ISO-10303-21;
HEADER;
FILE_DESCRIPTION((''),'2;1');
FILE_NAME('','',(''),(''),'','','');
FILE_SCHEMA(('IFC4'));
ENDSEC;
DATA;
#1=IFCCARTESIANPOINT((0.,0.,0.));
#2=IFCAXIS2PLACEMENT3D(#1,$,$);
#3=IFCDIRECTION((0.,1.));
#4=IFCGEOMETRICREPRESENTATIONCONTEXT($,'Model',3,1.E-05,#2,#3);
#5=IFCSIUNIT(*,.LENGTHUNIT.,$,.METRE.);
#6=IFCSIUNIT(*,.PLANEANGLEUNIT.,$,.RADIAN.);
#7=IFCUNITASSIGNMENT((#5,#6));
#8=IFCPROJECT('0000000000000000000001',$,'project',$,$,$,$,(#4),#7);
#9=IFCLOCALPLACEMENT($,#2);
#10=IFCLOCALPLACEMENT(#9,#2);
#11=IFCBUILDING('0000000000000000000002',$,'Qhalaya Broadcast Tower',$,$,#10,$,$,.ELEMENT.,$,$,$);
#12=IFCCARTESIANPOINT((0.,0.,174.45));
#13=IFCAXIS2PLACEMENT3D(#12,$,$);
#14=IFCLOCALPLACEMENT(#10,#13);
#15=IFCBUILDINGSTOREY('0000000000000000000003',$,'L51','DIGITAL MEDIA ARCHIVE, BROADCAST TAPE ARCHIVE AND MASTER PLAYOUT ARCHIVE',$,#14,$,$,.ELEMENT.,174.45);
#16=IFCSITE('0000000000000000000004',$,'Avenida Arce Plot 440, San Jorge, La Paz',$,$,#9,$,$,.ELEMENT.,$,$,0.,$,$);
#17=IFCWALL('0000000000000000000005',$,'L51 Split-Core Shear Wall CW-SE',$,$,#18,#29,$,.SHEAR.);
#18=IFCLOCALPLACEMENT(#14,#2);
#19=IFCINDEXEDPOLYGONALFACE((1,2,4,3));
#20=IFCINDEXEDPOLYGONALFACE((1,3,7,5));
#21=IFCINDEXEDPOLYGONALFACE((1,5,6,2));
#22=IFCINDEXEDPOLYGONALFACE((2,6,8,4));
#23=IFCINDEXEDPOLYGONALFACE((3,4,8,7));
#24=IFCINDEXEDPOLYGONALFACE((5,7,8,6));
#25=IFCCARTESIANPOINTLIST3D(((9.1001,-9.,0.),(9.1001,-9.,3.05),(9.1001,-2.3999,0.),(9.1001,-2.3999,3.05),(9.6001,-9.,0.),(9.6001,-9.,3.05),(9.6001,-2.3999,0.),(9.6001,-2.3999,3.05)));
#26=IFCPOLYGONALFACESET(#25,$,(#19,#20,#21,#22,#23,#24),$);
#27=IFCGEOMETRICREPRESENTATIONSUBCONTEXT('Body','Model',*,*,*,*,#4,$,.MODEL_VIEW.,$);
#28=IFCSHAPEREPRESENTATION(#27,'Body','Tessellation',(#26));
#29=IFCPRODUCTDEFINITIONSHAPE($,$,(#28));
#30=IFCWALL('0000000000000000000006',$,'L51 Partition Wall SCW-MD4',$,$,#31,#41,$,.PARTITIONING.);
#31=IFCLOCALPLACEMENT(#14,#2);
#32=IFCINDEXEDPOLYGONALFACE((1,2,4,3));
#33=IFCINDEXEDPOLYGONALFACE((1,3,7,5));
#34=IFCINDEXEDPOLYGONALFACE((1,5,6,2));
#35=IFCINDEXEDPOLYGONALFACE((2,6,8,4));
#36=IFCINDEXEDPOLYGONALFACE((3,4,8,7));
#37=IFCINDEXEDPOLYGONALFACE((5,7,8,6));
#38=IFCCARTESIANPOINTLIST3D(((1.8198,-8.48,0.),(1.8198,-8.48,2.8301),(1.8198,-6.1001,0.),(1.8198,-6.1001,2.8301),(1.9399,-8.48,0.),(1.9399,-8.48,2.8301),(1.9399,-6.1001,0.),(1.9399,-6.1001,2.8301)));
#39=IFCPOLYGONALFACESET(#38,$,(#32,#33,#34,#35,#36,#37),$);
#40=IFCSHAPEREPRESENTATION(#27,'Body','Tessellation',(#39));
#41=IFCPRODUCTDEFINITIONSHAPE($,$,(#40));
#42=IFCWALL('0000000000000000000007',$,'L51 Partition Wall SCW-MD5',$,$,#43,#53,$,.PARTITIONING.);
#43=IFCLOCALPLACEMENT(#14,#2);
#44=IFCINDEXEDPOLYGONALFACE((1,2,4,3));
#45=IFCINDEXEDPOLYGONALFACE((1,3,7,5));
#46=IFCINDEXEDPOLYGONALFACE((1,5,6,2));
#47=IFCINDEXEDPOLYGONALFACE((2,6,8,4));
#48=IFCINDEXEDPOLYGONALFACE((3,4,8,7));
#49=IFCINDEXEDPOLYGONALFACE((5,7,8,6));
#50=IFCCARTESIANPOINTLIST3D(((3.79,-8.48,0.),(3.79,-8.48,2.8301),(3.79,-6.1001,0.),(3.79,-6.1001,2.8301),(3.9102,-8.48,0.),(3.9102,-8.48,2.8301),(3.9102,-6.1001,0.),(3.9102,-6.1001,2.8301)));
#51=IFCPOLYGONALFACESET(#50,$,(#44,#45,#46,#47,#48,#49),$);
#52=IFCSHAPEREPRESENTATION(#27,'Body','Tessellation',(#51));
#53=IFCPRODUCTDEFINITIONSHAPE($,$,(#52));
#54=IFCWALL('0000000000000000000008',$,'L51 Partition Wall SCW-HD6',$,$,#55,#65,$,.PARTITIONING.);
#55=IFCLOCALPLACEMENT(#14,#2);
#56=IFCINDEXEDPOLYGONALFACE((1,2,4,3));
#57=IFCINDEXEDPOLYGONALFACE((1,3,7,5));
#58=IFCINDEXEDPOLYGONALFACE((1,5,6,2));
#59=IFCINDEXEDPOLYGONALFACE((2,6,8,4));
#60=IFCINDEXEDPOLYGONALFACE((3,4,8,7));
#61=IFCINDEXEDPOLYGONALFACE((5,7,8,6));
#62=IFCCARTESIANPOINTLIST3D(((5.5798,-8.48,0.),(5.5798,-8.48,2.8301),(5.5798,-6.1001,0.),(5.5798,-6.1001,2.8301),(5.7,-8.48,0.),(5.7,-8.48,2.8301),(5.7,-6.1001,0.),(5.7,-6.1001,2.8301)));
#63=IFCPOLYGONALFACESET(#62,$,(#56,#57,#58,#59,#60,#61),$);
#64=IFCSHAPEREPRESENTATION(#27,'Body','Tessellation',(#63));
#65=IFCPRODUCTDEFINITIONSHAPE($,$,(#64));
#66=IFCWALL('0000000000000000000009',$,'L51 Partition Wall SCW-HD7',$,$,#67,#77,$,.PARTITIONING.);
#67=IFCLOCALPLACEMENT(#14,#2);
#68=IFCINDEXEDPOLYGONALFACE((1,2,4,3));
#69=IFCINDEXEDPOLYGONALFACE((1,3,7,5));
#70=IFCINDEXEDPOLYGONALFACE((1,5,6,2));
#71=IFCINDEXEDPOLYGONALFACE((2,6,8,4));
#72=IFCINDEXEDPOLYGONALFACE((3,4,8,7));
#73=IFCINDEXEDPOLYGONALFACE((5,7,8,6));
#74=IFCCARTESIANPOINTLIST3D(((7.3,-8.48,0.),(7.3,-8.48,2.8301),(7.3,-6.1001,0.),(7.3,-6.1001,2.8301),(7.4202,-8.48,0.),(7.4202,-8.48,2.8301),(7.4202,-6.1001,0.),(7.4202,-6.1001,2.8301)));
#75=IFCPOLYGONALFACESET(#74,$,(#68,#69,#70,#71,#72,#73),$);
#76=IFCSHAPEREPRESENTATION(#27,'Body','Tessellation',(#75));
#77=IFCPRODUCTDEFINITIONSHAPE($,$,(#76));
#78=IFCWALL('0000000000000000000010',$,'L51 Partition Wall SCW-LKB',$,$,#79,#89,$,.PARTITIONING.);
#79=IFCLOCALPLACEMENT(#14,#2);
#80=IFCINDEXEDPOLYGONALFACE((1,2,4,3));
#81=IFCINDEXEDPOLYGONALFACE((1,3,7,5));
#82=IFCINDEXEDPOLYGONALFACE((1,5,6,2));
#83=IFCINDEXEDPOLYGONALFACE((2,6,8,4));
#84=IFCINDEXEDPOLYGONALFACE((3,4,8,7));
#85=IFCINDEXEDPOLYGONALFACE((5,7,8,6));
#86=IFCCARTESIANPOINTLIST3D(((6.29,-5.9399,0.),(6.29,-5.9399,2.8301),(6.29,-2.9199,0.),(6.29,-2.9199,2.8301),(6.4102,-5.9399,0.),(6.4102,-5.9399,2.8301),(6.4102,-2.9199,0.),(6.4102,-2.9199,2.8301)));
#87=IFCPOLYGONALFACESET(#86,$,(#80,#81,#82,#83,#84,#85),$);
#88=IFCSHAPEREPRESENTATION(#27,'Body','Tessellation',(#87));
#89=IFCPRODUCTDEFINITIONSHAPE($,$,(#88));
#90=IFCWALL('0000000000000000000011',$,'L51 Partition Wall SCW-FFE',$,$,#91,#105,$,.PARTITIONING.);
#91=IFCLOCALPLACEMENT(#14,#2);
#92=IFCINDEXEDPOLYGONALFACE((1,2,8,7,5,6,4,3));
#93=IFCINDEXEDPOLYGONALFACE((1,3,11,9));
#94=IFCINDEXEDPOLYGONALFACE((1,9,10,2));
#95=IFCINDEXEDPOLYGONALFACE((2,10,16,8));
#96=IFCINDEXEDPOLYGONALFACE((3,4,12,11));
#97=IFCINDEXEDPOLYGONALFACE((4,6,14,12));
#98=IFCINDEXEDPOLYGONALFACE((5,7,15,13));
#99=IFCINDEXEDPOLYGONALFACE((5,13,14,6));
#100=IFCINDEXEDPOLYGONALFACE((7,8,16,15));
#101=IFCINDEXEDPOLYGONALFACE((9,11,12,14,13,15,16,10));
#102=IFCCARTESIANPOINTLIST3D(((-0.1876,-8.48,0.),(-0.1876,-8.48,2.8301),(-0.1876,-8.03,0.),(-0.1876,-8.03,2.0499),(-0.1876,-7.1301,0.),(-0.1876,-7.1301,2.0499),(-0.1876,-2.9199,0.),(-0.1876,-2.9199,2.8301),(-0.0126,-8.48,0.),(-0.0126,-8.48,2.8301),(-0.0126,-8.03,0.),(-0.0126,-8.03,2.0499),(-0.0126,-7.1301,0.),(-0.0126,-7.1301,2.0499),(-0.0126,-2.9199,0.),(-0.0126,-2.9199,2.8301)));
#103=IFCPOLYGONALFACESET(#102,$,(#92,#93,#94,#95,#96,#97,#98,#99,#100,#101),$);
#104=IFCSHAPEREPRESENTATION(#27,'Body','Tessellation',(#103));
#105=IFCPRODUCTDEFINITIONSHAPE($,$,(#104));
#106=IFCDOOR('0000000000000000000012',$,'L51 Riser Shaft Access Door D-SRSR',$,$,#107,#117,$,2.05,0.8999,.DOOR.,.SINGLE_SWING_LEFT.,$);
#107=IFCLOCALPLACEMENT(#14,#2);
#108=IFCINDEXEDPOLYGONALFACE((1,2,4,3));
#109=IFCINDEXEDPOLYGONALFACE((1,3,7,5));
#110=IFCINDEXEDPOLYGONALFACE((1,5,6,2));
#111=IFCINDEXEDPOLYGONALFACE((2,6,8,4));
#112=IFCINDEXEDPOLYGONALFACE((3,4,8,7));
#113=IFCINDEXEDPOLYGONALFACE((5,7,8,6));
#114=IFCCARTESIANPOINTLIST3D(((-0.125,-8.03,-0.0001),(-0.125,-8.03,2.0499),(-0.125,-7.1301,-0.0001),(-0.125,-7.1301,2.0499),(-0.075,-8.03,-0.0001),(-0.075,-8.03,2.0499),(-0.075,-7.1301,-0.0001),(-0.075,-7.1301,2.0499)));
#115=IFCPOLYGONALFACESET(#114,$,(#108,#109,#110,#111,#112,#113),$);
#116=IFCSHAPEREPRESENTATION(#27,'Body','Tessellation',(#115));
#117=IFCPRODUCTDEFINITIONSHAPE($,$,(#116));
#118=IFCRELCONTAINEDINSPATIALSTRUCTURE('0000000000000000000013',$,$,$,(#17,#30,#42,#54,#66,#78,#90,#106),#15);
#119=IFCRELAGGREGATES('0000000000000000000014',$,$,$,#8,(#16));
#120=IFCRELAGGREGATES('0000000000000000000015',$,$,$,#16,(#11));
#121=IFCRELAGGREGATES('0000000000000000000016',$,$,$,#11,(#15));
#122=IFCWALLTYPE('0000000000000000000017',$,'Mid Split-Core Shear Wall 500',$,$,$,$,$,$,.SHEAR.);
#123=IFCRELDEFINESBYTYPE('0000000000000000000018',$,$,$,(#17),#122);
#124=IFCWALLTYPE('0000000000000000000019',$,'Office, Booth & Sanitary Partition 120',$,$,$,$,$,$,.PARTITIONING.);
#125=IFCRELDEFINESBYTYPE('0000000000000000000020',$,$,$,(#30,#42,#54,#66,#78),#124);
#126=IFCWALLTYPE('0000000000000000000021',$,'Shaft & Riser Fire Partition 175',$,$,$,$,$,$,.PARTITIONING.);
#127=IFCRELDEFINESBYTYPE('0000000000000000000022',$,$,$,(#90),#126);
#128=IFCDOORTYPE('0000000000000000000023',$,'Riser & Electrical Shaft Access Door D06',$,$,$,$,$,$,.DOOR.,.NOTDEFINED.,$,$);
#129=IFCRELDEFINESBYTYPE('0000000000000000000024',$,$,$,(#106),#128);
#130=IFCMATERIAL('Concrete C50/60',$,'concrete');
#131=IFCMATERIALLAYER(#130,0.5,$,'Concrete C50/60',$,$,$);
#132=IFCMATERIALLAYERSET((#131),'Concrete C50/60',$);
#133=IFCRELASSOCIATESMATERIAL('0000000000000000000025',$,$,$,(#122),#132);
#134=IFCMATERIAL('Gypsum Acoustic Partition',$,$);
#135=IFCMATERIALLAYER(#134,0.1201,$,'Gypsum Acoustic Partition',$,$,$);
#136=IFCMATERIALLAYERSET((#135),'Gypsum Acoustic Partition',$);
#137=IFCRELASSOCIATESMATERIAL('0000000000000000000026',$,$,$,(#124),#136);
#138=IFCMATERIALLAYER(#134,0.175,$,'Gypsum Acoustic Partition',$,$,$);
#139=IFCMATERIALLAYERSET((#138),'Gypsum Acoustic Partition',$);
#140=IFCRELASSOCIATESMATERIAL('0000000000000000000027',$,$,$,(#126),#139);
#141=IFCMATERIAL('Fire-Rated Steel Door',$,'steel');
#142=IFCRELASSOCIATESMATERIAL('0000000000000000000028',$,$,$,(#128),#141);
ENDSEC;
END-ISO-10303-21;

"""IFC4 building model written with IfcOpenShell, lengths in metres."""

from ifc_helpers import new_model, si_unit, direction, frame, frame_2d, origin, place, context, subcontext, project, spatial, rectangle, extrude, material, layer, layer_set, type_object, element, fill, save


model = new_model("IFC4")

# Units and contexts
model_context = context("Model", 3, precision=1e-05, world=origin(), true_north=direction((0.0, 1.0)))
body_context = subcontext(model_context, "Body", "Model", "MODEL_VIEW")
ifc_project = project(units=[si_unit("LENGTHUNIT", "METRE"), si_unit("PLANEANGLEUNIT", "RADIAN")], contexts=[model_context])

# Site, building, storey
site_placement = place(None, origin())
site = spatial("IfcSite", under=ifc_project, at=site_placement, Name="Avenida Arce Plot 440, San Jorge, La Paz", CompositionType="ELEMENT", RefElevation=0.0)
building_placement = place(site_placement, origin())
building = spatial("IfcBuilding", under=site, at=building_placement, Name="Qhalaya Broadcast Tower", CompositionType="ELEMENT")
storey_placement = place(building_placement, frame((0.0, 0.0, 174.45)))
storey = spatial("IfcBuildingStorey", under=building, at=storey_placement, Name="L51", Description="DIGITAL MEDIA ARCHIVE, BROADCAST TAPE ARCHIVE AND MASTER PLAYOUT ARCHIVE", CompositionType="ELEMENT", Elevation=174.45)

# Shared definitions
ifc_material_1 = material(Name="Concrete C50/60", Category="concrete")

# Shared definitions
ifc_material_2 = material(Name="Gypsum Acoustic Partition")

# Walls
ifc_layer_1 = layer(ifc_material_1, 0.5, Name="Concrete C50/60")
ifc_layer_set_1 = layer_set([ifc_layer_1], Name="Concrete C50/60")
wall_type_1 = type_object("IfcWallType", Name="Mid Split-Core Shear Wall 500", PredefinedType="SHEAR", material=ifc_layer_set_1)
wall_1_placement = place(storey_placement, frame((9.3501, -9.0, 0.0), z_axis=(0.0, 0.0, 1.0), x_axis=(0.0, 1.0, 0.0)))
element("IfcWall", 1, at=wall_1_placement, inside=storey, type_object=wall_type_1, Name="L51 Split-Core Shear Wall CW-SE", PredefinedType="SHEAR", context=body_context, shape_type="SweptSolid", body=[
    extrude(rectangle(XDim=6.6001, YDim=0.5, at=frame_2d((3.3, 0.0))), origin(), (0.0, 0.0, 1.0), 3.05),
])
ifc_layer_2 = layer(ifc_material_2, 0.1201, Name="Gypsum Acoustic Partition")
ifc_layer_set_2 = layer_set([ifc_layer_2], Name="Gypsum Acoustic Partition")
wall_type_2 = type_object("IfcWallType", Name="Office, Booth & Sanitary Partition 120", PredefinedType="PARTITIONING", material=ifc_layer_set_2)
for number, where, z_axis, x_axis, name in (
    (2, (1.8799, -8.48, 0.0), (0.0, 0.0, 1.0), (0.0, 1.0, 0.0), "L51 Partition Wall SCW-MD4"),
    (3, (3.8501, -8.48, 0.0), (0.0, 0.0, 1.0), (0.0, 1.0, 0.0), "L51 Partition Wall SCW-MD5"),
    (4, (5.6399, -8.48, 0.0), (0.0, 0.0, 1.0), (0.0, 1.0, 0.0), "L51 Partition Wall SCW-HD6"),
    (5, (7.3601, -8.48, 0.0), (0.0, 0.0, 1.0), (0.0, 1.0, 0.0), "L51 Partition Wall SCW-HD7"),
):
    element("IfcWall", number, at=place(storey_placement, frame(where, z_axis=z_axis, x_axis=x_axis)), inside=storey, type_object=wall_type_2, Name=name, PredefinedType="PARTITIONING", context=body_context, shape_type="SweptSolid", body=[
        extrude(rectangle(XDim=2.3799, YDim=0.1201, at=frame_2d((1.1899, 0.0))), origin(), (0.0, 0.0, 1.0), 2.8301),
    ])
wall_2_placement = place(storey_placement, frame((6.3501, -5.9399, 0.0), z_axis=(0.0, 0.0, 1.0), x_axis=(0.0, 1.0, 0.0)))
element("IfcWall", 6, at=wall_2_placement, inside=storey, type_object=wall_type_2, Name="L51 Partition Wall SCW-LKB", PredefinedType="PARTITIONING", context=body_context, shape_type="SweptSolid", body=[
    extrude(rectangle(XDim=3.02, YDim=0.1201, at=frame_2d((1.51, 0.0))), origin(), (0.0, 0.0, 1.0), 2.8301),
])

# Wall, opening, door
ifc_layer_3 = layer(ifc_material_2, 0.175, Name="Gypsum Acoustic Partition")
ifc_layer_set_3 = layer_set([ifc_layer_3], Name="Gypsum Acoustic Partition")
wall_type_3 = type_object("IfcWallType", Name="Shaft & Riser Fire Partition 175", PredefinedType="PARTITIONING", material=ifc_layer_set_3)
wall_3_placement = place(storey_placement, frame((-0.1001, -8.48, 0.0), z_axis=(0.0, 0.0, 1.0), x_axis=(0.0, 1.0, 0.0)))
wall_3 = element("IfcWall", 7, at=wall_3_placement, inside=storey, type_object=wall_type_3, Name="L51 Partition Wall SCW-FFE", PredefinedType="PARTITIONING", context=body_context, shape_type="SweptSolid", body=[
    extrude(rectangle(XDim=5.5601, YDim=0.175, at=frame_2d((2.78, 0.0))), origin(), (0.0, 0.0, 1.0), 2.8301),
])
opening_1_placement = place(wall_3_placement, frame((0.45, 0.0, 0.0)))
opening_1 = element("IfcOpeningElement", 8, at=opening_1_placement, cuts=wall_3, PredefinedType="OPENING", context=body_context, shape_type="SweptSolid", body=[
    extrude(rectangle(XDim=0.8999, YDim=2.05, at=frame_2d((0.45, 1.0249))), frame((0.0, 0.0996, 0.0), z_axis=(0.0, -1.0, 0.0), x_axis=(1.0, 0.0, 0.0)), (0.0, 0.0, 1.0), 0.199),
])
ifc_material_3 = material(Name="Fire-Rated Steel Door", Category="steel")
door_type_1 = type_object("IfcDoorType", Name="Riser & Electrical Shaft Access Door D06", OperationType="NOTDEFINED", PredefinedType="DOOR", material=ifc_material_3)
door_1_placement = place(opening_1_placement, origin())
door_1 = element("IfcDoor", 9, at=door_1_placement, inside=storey, type_object=door_type_1, Name="L51 Riser Shaft Access Door D-SRSR", OperationType="SINGLE_SWING_LEFT", OverallHeight=2.05, OverallWidth=0.8999, PredefinedType="DOOR", context=body_context, shape_type="SweptSolid", body=[
    extrude(rectangle(XDim=0.8999, YDim=2.05, at=frame_2d((0.45, 1.0249))), frame((0.0, 0.0249, 0.0), z_axis=(0.0, -1.0, 0.0), x_axis=(1.0, 0.0, 0.0)), (0.0, 0.0, 1.0), 0.05),
])
fill(opening_1, door_1)

save(model, "model.ifc")
